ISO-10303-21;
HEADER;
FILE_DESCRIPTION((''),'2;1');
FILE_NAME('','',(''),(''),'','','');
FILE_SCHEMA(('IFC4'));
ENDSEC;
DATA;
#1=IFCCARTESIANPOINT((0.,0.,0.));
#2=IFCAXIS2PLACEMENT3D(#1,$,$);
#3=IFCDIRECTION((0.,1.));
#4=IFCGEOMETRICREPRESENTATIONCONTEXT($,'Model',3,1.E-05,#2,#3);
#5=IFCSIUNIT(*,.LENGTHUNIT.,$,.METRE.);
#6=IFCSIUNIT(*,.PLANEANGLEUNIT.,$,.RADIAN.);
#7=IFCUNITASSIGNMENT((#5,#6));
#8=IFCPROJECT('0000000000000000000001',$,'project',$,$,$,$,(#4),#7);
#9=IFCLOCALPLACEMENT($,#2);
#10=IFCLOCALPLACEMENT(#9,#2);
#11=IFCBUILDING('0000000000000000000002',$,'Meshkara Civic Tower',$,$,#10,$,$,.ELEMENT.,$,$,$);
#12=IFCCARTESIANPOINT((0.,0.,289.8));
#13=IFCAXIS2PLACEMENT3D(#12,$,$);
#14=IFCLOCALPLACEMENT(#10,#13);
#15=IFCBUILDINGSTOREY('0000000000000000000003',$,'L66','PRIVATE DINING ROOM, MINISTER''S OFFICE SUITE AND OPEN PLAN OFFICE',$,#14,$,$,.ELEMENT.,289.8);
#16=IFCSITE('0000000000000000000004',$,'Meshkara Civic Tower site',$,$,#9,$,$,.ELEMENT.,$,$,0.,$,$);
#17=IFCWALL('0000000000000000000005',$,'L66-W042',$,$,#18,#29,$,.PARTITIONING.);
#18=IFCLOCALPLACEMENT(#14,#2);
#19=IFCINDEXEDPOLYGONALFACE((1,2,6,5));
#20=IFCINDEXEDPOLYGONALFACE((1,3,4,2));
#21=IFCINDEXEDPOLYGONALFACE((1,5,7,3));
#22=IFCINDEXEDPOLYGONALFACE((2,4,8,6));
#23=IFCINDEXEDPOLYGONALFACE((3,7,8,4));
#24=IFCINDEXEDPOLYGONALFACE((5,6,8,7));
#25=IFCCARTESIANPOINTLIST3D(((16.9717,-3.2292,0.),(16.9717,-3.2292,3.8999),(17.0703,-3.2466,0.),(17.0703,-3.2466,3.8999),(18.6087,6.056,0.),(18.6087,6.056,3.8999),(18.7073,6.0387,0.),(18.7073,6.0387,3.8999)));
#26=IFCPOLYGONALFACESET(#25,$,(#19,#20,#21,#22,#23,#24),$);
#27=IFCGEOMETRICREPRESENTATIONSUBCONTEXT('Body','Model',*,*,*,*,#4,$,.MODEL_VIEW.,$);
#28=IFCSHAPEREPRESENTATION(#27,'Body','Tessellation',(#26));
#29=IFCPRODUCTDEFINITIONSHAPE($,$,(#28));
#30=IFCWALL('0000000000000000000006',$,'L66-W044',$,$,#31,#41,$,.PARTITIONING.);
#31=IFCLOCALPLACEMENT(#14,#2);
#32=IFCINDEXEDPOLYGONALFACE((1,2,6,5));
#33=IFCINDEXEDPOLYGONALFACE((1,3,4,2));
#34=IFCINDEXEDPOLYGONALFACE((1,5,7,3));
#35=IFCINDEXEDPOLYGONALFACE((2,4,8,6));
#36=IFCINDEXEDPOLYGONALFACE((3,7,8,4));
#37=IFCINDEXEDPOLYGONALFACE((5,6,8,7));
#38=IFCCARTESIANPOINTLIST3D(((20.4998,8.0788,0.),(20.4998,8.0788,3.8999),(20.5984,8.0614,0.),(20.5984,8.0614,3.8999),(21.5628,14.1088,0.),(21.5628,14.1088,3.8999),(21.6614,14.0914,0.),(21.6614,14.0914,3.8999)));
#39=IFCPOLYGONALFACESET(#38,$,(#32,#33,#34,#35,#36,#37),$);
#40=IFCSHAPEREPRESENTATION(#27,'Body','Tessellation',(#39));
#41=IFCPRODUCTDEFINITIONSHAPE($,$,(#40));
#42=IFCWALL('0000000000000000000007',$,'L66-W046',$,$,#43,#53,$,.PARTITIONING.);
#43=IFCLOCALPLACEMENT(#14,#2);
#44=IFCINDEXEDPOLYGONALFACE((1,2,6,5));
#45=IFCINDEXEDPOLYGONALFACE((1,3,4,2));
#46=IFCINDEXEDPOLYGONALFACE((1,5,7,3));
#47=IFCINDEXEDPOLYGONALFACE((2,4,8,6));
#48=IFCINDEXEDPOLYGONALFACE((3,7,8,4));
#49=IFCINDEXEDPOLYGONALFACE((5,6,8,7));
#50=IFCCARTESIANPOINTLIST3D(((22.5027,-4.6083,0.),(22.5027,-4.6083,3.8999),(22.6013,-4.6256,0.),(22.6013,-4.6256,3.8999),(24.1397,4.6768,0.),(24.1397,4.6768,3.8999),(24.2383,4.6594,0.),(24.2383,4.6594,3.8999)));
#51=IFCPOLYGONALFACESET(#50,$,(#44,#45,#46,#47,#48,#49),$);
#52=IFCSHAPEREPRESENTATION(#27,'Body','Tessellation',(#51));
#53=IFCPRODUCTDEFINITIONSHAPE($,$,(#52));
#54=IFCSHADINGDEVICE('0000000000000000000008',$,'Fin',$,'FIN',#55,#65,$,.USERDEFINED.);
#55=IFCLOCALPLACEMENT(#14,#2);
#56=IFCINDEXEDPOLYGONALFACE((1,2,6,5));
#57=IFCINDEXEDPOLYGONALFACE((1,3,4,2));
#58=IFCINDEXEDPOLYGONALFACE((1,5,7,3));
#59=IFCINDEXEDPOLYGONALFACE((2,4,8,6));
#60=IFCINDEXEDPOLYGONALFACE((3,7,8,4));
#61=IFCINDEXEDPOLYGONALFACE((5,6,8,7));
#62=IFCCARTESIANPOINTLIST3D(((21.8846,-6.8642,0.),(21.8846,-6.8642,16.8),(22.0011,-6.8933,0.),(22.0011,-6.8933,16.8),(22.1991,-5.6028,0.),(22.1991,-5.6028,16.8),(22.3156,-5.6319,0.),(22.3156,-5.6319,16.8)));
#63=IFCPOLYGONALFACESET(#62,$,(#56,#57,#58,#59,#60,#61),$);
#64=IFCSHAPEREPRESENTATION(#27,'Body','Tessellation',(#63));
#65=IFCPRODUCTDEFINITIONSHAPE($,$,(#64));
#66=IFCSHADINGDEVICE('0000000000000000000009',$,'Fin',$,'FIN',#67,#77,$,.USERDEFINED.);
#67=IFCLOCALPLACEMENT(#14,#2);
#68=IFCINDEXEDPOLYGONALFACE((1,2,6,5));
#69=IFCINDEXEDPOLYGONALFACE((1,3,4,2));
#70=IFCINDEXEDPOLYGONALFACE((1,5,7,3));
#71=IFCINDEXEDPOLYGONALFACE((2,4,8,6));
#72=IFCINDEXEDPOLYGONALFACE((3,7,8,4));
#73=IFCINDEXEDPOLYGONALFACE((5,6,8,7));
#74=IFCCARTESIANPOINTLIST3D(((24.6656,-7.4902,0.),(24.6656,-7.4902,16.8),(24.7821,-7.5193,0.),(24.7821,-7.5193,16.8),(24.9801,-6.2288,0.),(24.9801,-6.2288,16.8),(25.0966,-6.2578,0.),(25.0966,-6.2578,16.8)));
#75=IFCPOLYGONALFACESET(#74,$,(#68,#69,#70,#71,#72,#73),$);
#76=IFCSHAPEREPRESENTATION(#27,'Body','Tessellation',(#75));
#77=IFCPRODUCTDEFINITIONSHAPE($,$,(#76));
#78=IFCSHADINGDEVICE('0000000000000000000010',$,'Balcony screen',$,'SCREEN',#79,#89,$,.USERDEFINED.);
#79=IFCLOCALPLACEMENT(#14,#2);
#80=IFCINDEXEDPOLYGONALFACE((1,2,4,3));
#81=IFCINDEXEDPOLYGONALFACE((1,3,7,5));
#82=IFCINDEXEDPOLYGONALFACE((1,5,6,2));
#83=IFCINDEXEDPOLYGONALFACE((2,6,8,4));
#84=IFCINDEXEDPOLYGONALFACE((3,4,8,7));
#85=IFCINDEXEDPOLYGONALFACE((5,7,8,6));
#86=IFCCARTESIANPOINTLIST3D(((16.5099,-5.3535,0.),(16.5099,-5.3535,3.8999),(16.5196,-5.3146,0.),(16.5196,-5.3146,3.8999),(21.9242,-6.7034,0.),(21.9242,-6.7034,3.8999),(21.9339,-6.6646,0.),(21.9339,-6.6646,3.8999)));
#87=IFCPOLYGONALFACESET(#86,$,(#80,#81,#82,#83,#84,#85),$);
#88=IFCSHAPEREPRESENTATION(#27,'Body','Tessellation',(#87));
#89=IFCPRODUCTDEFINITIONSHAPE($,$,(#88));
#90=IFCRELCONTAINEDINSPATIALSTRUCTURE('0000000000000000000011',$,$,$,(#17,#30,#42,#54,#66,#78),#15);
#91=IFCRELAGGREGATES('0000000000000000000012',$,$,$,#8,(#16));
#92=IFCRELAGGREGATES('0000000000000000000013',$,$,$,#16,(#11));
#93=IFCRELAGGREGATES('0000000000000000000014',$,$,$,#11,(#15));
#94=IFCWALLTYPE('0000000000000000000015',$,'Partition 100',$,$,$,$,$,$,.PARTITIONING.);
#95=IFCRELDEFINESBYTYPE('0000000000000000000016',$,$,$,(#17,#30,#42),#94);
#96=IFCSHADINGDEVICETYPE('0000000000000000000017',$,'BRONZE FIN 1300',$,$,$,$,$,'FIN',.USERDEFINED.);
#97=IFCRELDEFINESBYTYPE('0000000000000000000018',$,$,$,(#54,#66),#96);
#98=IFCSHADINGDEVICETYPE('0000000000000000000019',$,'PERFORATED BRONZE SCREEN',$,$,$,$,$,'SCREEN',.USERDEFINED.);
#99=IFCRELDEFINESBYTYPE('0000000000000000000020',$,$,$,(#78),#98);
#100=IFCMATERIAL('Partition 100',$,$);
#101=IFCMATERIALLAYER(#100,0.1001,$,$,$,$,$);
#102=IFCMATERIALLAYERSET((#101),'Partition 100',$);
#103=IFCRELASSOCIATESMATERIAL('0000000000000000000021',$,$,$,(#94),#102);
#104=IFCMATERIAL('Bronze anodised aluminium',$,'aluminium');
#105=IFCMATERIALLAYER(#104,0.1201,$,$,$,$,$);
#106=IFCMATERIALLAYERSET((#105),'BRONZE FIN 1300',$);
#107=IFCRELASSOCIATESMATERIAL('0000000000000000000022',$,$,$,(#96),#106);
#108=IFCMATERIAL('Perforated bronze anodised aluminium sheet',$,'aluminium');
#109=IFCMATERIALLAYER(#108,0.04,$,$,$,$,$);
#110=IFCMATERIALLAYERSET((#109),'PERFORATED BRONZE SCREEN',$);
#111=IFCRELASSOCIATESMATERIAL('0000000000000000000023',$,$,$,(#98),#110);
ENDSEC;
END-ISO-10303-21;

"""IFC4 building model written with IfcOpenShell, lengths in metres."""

from ifc_helpers import new_model, si_unit, direction, frame, frame_2d, origin, origin_2d, place, context, subcontext, project, spatial, rectangle, extrude, material, layer, layer_set, type_object, element, save


model = new_model("IFC4")

# Units and contexts
model_context = context("Model", 3, precision=1e-05, world=origin(), true_north=direction((0.0, 1.0)))
body_context = subcontext(model_context, "Body", "Model", "MODEL_VIEW")
ifc_project = project(units=[si_unit("LENGTHUNIT", "METRE"), si_unit("PLANEANGLEUNIT", "RADIAN")], contexts=[model_context])

# Site, building, storey
site_placement = place(None, origin())
site = spatial("IfcSite", under=ifc_project, at=site_placement, Name="Meshkara Civic Tower site", CompositionType="ELEMENT", RefElevation=0.0)
building_placement = place(site_placement, origin())
building = spatial("IfcBuilding", under=site, at=building_placement, Name="Meshkara Civic Tower", CompositionType="ELEMENT")
storey_placement = place(building_placement, frame((0.0, 0.0, 289.8)))
storey = spatial("IfcBuildingStorey", under=building, at=storey_placement, Name="L66", Description="PRIVATE DINING ROOM, MINISTER'S OFFICE SUITE AND OPEN PLAN OFFICE", CompositionType="ELEMENT", Elevation=289.8)

# Walls
ifc_material_1 = material(Name="Partition 100")
ifc_layer_1 = layer(ifc_material_1, 0.1001)
ifc_layer_set_1 = layer_set([ifc_layer_1], Name="Partition 100")
wall_type_1 = type_object("IfcWallType", Name="Partition 100", PredefinedType="PARTITIONING", material=ifc_layer_set_1)
wall_1_placement = place(storey_placement, frame((17.021, -3.238, 0.0), z_axis=(0.0, 0.0, 1.0), x_axis=(0.173621, 0.984812, 0.0)))
element("IfcWall", 1, at=wall_1_placement, inside=storey, type_object=wall_type_1, Name="L66-W042", PredefinedType="PARTITIONING", context=body_context, shape_type="SweptSolid", body=[
    extrude(rectangle(XDim=9.4285, YDim=0.1001, at=frame_2d((4.7144, 0.0))), origin(), (0.0, 0.0, 1.0), 3.8999),
])
wall_2_placement = place(storey_placement, frame((20.5491, 8.0701, 0.0), z_axis=(0.0, 0.0, 1.0), x_axis=(0.173606, 0.984815, 0.0)))
element("IfcWall", 2, at=wall_2_placement, inside=storey, type_object=wall_type_1, Name="L66-W044", PredefinedType="PARTITIONING", context=body_context, shape_type="SweptSolid", body=[
    extrude(rectangle(XDim=6.123, YDim=0.1001, at=frame_2d((3.0615, 0.0))), origin(), (0.0, 0.0, 1.0), 3.8999),
])
wall_3_placement = place(storey_placement, frame((22.552, -4.6169, 0.0), z_axis=(0.0, 0.0, 1.0), x_axis=(0.173626, 0.984812, 0.0)))
element("IfcWall", 3, at=wall_3_placement, inside=storey, type_object=wall_type_1, Name="L66-W046", PredefinedType="PARTITIONING", context=body_context, shape_type="SweptSolid", body=[
    extrude(rectangle(XDim=9.4282, YDim=0.1001, at=frame_2d((4.7141, 0.0))), origin(), (0.0, 0.0, 1.0), 3.8999),
])

# Shading devices
ifc_material_2 = material(Name="Bronze anodised aluminium", Category="aluminium")
ifc_layer_2 = layer(ifc_material_2, 0.1201)
ifc_layer_set_2 = layer_set([ifc_layer_2], Name="BRONZE FIN 1300")
shading_device_type_1 = type_object("IfcShadingDeviceType", Name="BRONZE FIN 1300", ElementType="FIN", PredefinedType="USERDEFINED", material=ifc_layer_set_2)
for number, where, z_axis, x_axis, name in (
    (4, (22.1001, -6.248, 0.0), (0.0, 0.0, 1.0), (0.970296, -0.241922, 0.0), "Fin"),
    (5, (24.8811, -6.874, 0.0), (0.0, 0.0, 1.0), (0.970296, -0.241922, 0.0), "Fin"),
):
    element("IfcShadingDevice", number, at=place(storey_placement, frame(where, z_axis=z_axis, x_axis=x_axis)), inside=storey, type_object=shading_device_type_1, Name=name, ObjectType="FIN", PredefinedType="USERDEFINED", context=body_context, shape_type="SweptSolid", body=[
        extrude(rectangle(XDim=0.1201, YDim=1.3, at=origin_2d()), origin(), (0.0, 0.0, 1.0), 16.8),
    ])
ifc_material_3 = material(Name="Perforated bronze anodised aluminium sheet", Category="aluminium")
ifc_layer_3 = layer(ifc_material_3, 0.04)
ifc_layer_set_3 = layer_set([ifc_layer_3], Name="PERFORATED BRONZE SCREEN")
shading_device_type_2 = type_object("IfcShadingDeviceType", Name="PERFORATED BRONZE SCREEN", ElementType="SCREEN", PredefinedType="USERDEFINED", material=ifc_layer_set_3)
shading_device_placement = place(storey_placement, frame((19.2219, -6.009, 0.0), z_axis=(0.0, 0.0, 1.0), x_axis=(0.970296, -0.241922, 0.0)))
element("IfcShadingDevice", 6, at=shading_device_placement, inside=storey, type_object=shading_device_type_2, Name="Balcony screen", ObjectType="SCREEN", PredefinedType="USERDEFINED", context=body_context, shape_type="SweptSolid", body=[
    extrude(rectangle(XDim=5.5801, YDim=0.04, at=origin_2d()), origin(), (0.0, 0.0, 1.0), 3.8999),
])

save(model, "model.ifc")
